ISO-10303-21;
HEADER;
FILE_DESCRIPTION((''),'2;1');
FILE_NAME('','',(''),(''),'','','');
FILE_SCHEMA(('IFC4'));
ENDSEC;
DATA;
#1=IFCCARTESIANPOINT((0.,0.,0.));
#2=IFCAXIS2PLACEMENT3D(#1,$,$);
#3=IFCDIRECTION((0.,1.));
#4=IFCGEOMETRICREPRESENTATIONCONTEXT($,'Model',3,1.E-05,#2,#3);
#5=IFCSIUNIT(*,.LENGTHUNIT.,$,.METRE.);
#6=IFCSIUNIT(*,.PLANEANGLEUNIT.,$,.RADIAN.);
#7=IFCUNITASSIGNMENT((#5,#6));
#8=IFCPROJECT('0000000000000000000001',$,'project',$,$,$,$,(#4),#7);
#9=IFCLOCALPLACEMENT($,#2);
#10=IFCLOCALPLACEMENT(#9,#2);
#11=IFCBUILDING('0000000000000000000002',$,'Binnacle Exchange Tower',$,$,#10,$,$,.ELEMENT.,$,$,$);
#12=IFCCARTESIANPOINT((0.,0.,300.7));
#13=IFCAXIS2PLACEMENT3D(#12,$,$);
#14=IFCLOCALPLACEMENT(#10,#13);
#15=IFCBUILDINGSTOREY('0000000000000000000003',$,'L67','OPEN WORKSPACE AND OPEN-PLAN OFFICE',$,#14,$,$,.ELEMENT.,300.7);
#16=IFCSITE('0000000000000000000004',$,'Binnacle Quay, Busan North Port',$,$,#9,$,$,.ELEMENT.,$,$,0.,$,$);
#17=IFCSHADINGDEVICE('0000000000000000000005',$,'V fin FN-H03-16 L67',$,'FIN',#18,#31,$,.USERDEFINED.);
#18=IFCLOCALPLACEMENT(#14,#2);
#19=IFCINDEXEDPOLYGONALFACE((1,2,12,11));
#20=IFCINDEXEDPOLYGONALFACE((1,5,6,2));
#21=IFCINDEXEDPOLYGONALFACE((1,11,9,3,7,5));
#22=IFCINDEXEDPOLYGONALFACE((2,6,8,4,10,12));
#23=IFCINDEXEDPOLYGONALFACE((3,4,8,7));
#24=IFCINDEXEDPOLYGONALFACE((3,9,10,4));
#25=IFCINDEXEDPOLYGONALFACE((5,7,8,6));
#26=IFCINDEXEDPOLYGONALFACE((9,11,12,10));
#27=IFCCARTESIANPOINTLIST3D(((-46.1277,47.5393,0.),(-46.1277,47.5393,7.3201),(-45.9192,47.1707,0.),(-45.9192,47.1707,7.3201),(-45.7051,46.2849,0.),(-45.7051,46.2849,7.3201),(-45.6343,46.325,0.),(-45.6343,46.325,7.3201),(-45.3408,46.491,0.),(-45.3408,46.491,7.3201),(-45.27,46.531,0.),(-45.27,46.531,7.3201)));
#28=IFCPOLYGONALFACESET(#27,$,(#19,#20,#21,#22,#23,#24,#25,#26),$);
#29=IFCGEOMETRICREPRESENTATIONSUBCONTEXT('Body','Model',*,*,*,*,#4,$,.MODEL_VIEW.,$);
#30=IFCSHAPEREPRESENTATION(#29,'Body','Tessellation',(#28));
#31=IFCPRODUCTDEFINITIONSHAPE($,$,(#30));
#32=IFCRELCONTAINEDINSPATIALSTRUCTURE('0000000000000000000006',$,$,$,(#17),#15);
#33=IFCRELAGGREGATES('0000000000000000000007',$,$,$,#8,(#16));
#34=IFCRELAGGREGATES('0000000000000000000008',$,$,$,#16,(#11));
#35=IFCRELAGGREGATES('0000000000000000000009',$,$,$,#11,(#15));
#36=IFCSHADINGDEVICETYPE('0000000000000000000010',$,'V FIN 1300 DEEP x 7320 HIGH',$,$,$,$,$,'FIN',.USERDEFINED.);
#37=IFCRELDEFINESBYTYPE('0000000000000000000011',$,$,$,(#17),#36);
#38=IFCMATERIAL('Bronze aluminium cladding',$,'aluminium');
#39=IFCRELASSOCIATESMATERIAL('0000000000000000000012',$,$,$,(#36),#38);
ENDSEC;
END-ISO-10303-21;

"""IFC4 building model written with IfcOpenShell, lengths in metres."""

from ifc_helpers import new_model, si_unit, direction, frame, origin, place, context, subcontext, project, spatial, polyline, outline, extrude, material, type_object, element, save


model = new_model("IFC4")

# Units and contexts
model_context = context("Model", 3, precision=1e-05, world=origin(), true_north=direction((0.0, 1.0)))
body_context = subcontext(model_context, "Body", "Model", "MODEL_VIEW")
ifc_project = project(units=[si_unit("LENGTHUNIT", "METRE"), si_unit("PLANEANGLEUNIT", "RADIAN")], contexts=[model_context])

# Site, building, storey
site_placement = place(None, origin())
site = spatial("IfcSite", under=ifc_project, at=site_placement, Name="Binnacle Quay, Busan North Port", CompositionType="ELEMENT", RefElevation=0.0)
building_placement = place(site_placement, origin())
building = spatial("IfcBuilding", under=site, at=building_placement, Name="Binnacle Exchange Tower", CompositionType="ELEMENT")
storey_placement = place(building_placement, frame((0.0, 0.0, 300.7)))
storey = spatial("IfcBuildingStorey", under=building, at=storey_placement, Name="L67", Description="OPEN WORKSPACE AND OPEN-PLAN OFFICE", CompositionType="ELEMENT", Elevation=300.7)

# Shading device
ifc_material_1 = material(Name="Bronze aluminium cladding", Category="aluminium")
shading_device_type = type_object("IfcShadingDeviceType", Name="V FIN 1300 DEEP x 7320 HIGH", ElementType="FIN", PredefinedType="USERDEFINED", material=ifc_material_1)
shading_device_1_placement = place(storey_placement, origin())
element("IfcShadingDevice", 1, at=shading_device_1_placement, inside=storey, type_object=shading_device_type, Name="V fin FN-H03-16 L67", ObjectType="FIN", PredefinedType="USERDEFINED", context=body_context, shape_type="SweptSolid", body=[
    extrude(outline(polyline([(-45.27, 46.531), (-46.1277, 47.5393), (-45.7051, 46.2849), (-45.6343, 46.325), (-45.9192, 47.1707), (-45.3408, 46.491), (-45.27, 46.531)])), origin(), (0.0, 0.0, 1.0), 7.3201),
])

save(model, "model.ifc")
